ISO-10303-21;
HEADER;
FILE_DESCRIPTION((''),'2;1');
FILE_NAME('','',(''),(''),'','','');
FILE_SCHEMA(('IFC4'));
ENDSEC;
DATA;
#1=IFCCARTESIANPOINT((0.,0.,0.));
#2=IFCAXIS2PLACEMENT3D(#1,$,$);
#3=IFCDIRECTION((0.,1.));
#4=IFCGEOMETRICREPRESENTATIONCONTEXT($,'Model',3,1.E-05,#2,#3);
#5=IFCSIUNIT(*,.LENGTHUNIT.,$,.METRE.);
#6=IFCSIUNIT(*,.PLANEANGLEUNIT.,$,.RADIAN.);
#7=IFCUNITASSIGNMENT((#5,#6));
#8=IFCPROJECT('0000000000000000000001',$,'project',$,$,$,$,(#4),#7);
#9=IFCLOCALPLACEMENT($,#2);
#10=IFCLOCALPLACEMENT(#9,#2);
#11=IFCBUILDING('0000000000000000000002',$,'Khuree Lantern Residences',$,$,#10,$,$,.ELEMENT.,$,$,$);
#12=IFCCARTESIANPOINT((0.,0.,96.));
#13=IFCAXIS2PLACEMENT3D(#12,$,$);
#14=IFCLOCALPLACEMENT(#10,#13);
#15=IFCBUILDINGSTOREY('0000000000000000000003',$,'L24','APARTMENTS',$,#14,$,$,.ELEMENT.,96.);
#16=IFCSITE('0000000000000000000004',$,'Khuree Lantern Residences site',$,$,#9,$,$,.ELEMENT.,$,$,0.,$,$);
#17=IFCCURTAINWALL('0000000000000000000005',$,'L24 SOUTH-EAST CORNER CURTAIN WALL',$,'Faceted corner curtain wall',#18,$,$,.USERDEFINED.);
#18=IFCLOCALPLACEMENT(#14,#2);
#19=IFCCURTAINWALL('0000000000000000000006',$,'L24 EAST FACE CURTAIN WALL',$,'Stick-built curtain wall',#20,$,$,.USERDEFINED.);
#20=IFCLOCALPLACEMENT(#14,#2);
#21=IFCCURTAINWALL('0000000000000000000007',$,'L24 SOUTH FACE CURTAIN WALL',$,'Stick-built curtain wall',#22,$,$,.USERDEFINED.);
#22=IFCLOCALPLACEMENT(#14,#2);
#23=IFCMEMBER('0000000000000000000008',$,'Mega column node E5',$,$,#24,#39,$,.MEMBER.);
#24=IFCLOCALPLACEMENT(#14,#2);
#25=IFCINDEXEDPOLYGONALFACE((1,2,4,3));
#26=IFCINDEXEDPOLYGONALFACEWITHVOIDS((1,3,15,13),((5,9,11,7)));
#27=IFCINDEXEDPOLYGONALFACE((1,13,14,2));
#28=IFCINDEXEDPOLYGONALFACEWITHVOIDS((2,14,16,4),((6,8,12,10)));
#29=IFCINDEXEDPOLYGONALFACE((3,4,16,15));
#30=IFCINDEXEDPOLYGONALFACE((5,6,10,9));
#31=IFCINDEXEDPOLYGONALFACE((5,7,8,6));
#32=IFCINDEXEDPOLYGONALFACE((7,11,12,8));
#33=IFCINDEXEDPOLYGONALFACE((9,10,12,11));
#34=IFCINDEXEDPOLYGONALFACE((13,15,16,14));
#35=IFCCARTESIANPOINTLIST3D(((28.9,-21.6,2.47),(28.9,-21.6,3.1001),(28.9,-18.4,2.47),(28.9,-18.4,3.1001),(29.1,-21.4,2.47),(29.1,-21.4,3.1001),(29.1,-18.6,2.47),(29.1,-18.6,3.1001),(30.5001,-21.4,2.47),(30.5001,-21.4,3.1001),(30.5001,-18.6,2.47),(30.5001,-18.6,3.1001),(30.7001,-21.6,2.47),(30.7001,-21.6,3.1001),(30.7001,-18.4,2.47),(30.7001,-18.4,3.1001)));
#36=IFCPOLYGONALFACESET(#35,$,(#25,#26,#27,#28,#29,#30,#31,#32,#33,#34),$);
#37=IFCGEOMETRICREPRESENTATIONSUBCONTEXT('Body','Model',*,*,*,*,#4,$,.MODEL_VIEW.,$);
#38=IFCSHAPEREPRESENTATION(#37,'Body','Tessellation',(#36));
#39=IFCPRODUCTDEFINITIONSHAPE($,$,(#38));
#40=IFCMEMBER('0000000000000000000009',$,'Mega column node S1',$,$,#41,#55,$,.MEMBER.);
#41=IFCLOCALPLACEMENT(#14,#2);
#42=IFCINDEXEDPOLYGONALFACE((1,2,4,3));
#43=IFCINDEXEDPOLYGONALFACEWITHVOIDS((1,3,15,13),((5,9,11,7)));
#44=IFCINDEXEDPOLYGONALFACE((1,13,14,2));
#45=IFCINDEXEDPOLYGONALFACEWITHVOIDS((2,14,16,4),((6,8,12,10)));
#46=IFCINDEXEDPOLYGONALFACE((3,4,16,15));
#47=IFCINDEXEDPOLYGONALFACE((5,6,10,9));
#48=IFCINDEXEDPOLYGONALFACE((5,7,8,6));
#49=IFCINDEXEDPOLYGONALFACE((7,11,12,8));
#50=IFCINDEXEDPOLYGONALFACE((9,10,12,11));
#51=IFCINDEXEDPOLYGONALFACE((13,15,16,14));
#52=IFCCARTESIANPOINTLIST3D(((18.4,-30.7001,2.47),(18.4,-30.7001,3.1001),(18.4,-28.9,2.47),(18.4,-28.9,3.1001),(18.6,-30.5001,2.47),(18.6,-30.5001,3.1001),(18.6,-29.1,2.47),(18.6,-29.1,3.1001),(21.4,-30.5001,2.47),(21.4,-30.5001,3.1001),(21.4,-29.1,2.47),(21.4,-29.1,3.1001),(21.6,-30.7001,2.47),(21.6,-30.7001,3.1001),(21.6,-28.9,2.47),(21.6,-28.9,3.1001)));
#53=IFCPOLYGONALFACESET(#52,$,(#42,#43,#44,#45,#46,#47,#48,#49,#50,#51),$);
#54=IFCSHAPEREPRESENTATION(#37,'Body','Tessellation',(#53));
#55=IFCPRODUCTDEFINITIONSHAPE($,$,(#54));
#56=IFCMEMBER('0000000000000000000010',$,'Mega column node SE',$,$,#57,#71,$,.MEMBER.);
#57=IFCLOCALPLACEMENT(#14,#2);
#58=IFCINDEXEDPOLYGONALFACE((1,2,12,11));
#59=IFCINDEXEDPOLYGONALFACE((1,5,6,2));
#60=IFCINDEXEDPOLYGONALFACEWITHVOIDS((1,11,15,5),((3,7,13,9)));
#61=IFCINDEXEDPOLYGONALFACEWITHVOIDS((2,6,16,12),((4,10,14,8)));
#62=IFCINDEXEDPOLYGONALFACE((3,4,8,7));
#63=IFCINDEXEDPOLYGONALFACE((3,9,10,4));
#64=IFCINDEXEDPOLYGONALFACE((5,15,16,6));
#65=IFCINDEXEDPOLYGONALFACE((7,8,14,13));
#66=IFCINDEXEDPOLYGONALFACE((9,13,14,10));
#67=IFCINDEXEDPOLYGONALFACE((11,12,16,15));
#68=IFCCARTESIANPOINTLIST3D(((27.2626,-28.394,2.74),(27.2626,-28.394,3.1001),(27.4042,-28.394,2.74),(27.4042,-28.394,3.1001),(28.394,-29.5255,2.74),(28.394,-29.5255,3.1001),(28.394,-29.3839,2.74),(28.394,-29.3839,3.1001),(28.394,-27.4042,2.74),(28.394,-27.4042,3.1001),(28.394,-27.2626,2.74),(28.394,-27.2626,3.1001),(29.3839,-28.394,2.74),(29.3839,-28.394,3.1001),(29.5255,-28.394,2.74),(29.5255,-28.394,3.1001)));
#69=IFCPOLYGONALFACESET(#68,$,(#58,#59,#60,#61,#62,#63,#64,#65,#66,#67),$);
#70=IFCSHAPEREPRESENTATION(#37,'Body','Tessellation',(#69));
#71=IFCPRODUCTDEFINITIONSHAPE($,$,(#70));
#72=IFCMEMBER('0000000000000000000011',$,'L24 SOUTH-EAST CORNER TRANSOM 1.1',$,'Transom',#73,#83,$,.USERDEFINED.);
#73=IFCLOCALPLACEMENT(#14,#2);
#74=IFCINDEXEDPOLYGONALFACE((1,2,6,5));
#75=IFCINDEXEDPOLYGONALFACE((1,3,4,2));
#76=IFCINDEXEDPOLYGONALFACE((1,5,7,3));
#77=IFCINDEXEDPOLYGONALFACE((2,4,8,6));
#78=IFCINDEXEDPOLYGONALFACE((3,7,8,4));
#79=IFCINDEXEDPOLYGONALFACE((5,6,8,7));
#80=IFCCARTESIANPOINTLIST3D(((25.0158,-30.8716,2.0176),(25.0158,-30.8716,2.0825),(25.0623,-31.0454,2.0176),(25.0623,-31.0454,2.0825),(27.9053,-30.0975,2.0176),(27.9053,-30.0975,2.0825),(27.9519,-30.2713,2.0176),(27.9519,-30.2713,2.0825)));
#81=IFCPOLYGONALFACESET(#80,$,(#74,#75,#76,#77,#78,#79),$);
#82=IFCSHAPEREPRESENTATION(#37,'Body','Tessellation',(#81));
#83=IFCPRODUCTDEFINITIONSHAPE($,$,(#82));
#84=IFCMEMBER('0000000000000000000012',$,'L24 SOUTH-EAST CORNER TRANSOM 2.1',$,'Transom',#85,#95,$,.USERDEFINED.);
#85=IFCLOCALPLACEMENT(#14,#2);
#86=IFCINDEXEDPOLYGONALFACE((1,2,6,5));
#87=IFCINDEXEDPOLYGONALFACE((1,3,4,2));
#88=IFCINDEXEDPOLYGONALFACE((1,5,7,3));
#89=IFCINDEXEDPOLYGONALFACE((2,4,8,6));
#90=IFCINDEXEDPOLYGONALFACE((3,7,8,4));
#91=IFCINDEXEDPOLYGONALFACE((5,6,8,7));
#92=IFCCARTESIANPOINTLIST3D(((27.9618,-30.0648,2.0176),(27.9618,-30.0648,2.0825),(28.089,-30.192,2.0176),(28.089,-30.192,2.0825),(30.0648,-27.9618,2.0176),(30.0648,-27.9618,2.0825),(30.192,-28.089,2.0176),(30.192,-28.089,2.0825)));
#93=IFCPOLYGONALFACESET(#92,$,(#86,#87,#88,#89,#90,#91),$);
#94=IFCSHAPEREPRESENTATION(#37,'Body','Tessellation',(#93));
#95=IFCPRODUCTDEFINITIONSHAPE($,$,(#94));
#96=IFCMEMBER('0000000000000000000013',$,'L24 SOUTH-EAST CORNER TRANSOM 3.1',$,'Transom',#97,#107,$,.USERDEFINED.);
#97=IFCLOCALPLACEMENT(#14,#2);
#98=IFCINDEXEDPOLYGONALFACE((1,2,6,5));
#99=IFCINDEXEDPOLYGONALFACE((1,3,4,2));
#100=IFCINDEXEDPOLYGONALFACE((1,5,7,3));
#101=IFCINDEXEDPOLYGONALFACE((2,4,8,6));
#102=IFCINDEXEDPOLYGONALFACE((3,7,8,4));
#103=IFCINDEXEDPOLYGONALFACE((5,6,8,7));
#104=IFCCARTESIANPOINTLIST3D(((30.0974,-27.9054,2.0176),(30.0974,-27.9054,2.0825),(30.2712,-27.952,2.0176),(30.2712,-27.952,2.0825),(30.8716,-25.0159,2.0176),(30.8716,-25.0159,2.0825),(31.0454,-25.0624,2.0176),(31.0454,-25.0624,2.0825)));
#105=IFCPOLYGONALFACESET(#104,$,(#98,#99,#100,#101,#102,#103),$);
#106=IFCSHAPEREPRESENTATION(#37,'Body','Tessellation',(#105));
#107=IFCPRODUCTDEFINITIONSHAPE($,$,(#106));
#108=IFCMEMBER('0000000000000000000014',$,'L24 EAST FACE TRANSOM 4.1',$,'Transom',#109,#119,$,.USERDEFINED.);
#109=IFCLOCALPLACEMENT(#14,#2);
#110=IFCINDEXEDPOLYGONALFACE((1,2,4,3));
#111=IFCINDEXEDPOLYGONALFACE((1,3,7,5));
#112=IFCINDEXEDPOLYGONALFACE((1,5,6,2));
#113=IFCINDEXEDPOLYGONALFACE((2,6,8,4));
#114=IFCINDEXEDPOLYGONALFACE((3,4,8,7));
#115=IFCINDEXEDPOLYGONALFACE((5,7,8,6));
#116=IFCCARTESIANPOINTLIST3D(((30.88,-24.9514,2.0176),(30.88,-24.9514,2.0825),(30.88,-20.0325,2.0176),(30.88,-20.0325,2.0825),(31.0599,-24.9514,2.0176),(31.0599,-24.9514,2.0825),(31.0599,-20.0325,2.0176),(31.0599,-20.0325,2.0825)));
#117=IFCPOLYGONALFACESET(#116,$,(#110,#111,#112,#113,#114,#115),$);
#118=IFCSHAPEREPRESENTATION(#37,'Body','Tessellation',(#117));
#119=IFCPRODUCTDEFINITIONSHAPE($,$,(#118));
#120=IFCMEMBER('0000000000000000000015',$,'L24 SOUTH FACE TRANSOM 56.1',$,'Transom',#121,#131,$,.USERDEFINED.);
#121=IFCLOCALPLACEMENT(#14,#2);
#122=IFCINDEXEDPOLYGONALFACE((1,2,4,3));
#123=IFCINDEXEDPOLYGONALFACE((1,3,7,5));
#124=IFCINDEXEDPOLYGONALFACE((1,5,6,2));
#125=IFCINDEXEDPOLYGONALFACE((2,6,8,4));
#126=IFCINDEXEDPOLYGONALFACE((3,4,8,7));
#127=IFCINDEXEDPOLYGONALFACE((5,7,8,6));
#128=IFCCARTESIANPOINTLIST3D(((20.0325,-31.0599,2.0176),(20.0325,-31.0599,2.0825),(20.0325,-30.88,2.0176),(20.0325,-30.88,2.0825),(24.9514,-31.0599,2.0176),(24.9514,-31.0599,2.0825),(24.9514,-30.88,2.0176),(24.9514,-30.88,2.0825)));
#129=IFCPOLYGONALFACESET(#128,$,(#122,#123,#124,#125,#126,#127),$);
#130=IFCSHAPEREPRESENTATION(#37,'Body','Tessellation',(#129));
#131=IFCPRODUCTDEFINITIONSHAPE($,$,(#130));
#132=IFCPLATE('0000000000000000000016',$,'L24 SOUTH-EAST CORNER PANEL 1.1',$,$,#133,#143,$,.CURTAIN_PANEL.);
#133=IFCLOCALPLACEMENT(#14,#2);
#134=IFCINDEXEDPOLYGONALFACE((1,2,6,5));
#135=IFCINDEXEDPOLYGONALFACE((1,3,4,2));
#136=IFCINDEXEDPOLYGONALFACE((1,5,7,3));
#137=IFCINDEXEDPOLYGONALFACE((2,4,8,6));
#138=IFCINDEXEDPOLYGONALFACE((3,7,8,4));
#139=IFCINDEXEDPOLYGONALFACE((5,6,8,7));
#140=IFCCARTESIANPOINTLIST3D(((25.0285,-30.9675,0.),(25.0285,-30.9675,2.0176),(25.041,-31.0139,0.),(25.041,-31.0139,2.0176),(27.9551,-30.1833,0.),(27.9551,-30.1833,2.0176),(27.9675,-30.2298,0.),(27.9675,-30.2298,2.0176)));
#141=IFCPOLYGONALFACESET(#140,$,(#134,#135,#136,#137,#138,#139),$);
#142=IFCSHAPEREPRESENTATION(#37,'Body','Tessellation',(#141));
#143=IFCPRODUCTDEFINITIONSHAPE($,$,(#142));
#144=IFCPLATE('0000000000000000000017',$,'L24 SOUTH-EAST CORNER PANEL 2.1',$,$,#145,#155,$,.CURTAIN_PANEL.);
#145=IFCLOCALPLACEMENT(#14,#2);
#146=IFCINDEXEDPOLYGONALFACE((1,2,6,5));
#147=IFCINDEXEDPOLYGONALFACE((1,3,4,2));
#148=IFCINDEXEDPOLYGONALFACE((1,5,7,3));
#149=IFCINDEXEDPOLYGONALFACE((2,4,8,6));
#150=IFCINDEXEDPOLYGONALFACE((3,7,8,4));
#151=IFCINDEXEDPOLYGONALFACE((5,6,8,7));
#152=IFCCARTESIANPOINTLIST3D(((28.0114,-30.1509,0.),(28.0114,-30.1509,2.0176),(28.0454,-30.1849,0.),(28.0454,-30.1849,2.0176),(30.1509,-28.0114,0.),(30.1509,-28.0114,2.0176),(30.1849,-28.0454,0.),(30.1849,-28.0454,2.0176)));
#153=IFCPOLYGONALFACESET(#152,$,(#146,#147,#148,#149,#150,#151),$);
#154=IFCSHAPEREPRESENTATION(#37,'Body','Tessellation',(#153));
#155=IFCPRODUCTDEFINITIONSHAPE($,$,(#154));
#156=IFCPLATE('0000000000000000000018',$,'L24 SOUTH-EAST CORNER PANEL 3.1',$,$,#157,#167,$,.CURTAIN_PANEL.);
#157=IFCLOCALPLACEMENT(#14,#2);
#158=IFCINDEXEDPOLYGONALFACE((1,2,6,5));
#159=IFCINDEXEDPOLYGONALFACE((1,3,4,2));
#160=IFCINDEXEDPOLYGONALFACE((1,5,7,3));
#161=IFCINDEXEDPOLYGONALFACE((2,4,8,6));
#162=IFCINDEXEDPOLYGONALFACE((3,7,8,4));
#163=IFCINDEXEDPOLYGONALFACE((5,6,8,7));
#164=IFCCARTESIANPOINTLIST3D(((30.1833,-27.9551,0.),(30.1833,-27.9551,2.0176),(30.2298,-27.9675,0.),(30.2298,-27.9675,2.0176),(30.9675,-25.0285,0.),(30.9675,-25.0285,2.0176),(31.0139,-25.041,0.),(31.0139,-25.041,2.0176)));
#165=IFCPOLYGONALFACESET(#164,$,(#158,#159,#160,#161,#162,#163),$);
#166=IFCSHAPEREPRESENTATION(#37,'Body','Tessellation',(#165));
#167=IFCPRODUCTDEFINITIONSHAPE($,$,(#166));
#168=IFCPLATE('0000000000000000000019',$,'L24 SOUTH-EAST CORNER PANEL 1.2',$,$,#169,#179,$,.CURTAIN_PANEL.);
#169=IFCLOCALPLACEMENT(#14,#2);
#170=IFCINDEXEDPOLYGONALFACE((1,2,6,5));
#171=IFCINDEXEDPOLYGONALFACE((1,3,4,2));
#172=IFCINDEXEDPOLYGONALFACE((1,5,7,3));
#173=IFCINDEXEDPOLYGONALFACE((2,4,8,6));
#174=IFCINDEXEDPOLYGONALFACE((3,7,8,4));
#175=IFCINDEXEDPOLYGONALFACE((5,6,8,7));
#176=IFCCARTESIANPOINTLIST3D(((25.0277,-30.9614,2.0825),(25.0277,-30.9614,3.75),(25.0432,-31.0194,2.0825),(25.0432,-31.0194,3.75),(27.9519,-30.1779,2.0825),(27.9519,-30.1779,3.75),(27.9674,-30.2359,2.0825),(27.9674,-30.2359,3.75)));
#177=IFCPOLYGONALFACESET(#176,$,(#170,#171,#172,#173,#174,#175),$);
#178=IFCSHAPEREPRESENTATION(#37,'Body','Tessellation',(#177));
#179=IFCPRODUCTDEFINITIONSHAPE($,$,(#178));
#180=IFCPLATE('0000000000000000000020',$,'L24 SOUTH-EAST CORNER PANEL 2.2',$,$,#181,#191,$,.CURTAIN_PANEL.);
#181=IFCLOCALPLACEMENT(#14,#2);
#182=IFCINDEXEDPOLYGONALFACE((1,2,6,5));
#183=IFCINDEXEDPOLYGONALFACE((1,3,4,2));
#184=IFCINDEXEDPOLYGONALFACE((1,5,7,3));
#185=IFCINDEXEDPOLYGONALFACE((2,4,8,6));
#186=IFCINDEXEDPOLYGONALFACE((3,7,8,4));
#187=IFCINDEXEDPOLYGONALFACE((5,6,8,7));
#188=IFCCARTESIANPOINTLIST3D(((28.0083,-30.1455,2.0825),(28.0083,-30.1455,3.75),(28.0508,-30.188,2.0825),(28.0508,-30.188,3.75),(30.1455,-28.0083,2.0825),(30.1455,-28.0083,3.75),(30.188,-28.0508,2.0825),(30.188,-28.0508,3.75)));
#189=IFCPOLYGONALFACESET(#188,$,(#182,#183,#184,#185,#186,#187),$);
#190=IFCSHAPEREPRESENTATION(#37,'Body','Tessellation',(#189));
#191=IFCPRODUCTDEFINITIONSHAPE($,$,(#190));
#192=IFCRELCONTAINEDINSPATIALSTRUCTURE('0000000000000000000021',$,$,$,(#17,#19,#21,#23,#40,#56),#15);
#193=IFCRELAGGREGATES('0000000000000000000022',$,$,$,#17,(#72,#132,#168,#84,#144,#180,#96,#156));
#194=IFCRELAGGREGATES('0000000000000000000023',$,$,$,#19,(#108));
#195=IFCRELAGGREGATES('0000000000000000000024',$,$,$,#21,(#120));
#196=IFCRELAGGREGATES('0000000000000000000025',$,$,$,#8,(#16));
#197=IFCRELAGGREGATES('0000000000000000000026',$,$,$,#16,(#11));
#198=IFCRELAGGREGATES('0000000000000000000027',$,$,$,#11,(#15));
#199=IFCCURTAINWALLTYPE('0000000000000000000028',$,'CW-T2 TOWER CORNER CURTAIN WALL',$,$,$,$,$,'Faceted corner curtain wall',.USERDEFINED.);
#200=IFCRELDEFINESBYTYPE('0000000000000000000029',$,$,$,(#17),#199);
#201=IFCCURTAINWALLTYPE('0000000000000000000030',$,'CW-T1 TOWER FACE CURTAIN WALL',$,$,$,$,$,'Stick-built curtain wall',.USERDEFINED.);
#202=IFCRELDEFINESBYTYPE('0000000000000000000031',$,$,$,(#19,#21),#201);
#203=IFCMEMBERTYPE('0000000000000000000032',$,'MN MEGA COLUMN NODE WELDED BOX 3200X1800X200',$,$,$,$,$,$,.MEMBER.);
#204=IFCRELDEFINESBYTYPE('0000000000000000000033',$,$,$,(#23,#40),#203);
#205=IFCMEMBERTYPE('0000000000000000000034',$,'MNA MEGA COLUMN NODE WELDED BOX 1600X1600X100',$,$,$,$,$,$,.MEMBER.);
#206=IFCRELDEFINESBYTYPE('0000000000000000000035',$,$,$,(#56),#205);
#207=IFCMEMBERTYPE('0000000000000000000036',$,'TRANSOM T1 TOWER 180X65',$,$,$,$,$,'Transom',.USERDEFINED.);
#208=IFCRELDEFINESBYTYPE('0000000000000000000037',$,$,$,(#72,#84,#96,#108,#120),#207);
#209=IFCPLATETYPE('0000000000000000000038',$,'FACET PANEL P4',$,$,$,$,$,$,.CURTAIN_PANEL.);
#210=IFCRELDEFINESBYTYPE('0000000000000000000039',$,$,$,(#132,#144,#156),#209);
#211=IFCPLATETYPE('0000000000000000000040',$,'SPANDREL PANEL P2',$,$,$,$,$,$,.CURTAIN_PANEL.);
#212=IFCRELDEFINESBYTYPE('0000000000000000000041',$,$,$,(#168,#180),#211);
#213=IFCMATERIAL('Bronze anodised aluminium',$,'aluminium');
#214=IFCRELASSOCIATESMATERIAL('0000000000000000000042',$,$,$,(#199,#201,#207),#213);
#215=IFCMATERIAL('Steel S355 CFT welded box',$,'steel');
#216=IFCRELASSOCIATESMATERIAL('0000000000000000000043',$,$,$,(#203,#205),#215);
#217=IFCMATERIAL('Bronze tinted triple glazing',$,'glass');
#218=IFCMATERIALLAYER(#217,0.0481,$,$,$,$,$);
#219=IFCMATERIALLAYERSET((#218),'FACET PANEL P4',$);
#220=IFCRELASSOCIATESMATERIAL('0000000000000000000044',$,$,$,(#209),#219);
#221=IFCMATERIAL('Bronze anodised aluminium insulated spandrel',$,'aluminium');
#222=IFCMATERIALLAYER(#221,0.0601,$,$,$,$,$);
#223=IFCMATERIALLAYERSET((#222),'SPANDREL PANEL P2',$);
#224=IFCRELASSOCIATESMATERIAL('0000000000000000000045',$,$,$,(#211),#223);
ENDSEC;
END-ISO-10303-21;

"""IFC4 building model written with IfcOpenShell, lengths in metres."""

from ifc_helpers import new_model, si_unit, direction, frame, origin, origin_2d, place, context, subcontext, project, spatial, rectangle, hollow_rectangle, extrude, material, layer, layer_set, material_profile, profile_set, type_object, element, aggregate, save


model = new_model("IFC4")

# Units and contexts
model_context = context("Model", 3, precision=1e-05, world=origin(), true_north=direction((0.0, 1.0)))
body_context = subcontext(model_context, "Body", "Model", "MODEL_VIEW")
ifc_project = project(units=[si_unit("LENGTHUNIT", "METRE"), si_unit("PLANEANGLEUNIT", "RADIAN")], contexts=[model_context])

# Site, building, storey
site_placement = place(None, origin())
site = spatial("IfcSite", under=ifc_project, at=site_placement, Name="Khuree Lantern Residences site", CompositionType="ELEMENT", RefElevation=0.0)
building_placement = place(site_placement, origin())
building = spatial("IfcBuilding", under=site, at=building_placement, Name="Khuree Lantern Residences", CompositionType="ELEMENT")
storey_placement = place(building_placement, frame((0.0, 0.0, 96.0)))
storey = spatial("IfcBuildingStorey", under=building, at=storey_placement, Name="L24", Description="APARTMENTS", CompositionType="ELEMENT", Elevation=96.0)

# Shared definitions
ifc_material_1 = material(Name="Steel S355 CFT welded box", Category="steel")

# Curtain walls
ifc_material_2 = material(Name="Bronze anodised aluminium", Category="aluminium")
curtain_wall_type_1 = type_object("IfcCurtainWallType", Name="CW-T2 TOWER CORNER CURTAIN WALL", ElementType="Faceted corner curtain wall", PredefinedType="USERDEFINED", material=ifc_material_2)
curtain_wall_1_placement = place(storey_placement, origin())
curtain_wall_1 = element("IfcCurtainWall", 1, at=curtain_wall_1_placement, inside=storey, type_object=curtain_wall_type_1, Name="L24 SOUTH-EAST CORNER CURTAIN WALL", ObjectType="Faceted corner curtain wall", PredefinedType="USERDEFINED")
curtain_wall_type_2 = type_object("IfcCurtainWallType", Name="CW-T1 TOWER FACE CURTAIN WALL", ElementType="Stick-built curtain wall", PredefinedType="USERDEFINED", material=ifc_material_2)
curtain_wall_2_placement = place(storey_placement, origin())
curtain_wall_2 = element("IfcCurtainWall", 2, at=curtain_wall_2_placement, inside=storey, type_object=curtain_wall_type_2, Name="L24 EAST FACE CURTAIN WALL", ObjectType="Stick-built curtain wall", PredefinedType="USERDEFINED")

# Curtain wall
curtain_wall_3_placement = place(storey_placement, origin())
curtain_wall_3 = element("IfcCurtainWall", 3, at=curtain_wall_3_placement, inside=storey, type_object=curtain_wall_type_2, Name="L24 SOUTH FACE CURTAIN WALL", ObjectType="Stick-built curtain wall", PredefinedType="USERDEFINED")

# Members
ifc_material_profile_1 = material_profile(ifc_material_1, hollow_rectangle(XDim=3.2, YDim=1.8, WallThickness=0.2, at=origin_2d()), Name="WELDED BOX 3200X1800X200")
ifc_profile_set_1 = profile_set([ifc_material_profile_1], Name="Steel S355 CFT welded box")
member_type_1 = type_object("IfcMemberType", Name="MN MEGA COLUMN NODE WELDED BOX 3200X1800X200", PredefinedType="MEMBER", material=ifc_profile_set_1)
for number, where, z_axis, x_axis, name in (
    (4, (29.8, -20.0, 2.47), (0.0, 0.0, 1.0), (0.0, 1.0, 0.0), "Mega column node E5"),
    (5, (20.0, -29.8, 2.47), (0.0, 0.0, 1.0), (1.0, 0.0, 0.0), "Mega column node S1"),
):
    element("IfcMember", number, at=place(storey_placement, frame(where, z_axis=z_axis, x_axis=x_axis)), inside=storey, type_object=member_type_1, Name=name, PredefinedType="MEMBER", context=body_context, shape_type="SweptSolid", body=[
        extrude(hollow_rectangle(XDim=3.2, YDim=1.8, WallThickness=0.2, at=origin_2d()), origin(), (0.0, 0.0, 1.0), 0.6301),
    ])
ifc_material_profile_2 = material_profile(ifc_material_1, hollow_rectangle(XDim=1.6001, YDim=1.6001, WallThickness=0.1001, at=origin_2d()), Name="WELDED BOX 1600X1600X100")
ifc_profile_set_2 = profile_set([ifc_material_profile_2], Name="Steel S355 CFT welded box")
member_type_2 = type_object("IfcMemberType", Name="MNA MEGA COLUMN NODE WELDED BOX 1600X1600X100", PredefinedType="MEMBER", material=ifc_profile_set_2)
member_1_placement = place(storey_placement, frame((28.394, -28.394, 2.74), z_axis=(0.0, 0.0, 1.0), x_axis=(0.707107, 0.707107, 0.0)))
element("IfcMember", 6, at=member_1_placement, inside=storey, type_object=member_type_2, Name="Mega column node SE", PredefinedType="MEMBER", context=body_context, shape_type="SweptSolid", body=[
    extrude(hollow_rectangle(XDim=1.6001, YDim=1.6001, WallThickness=0.1001, at=origin_2d()), origin(), (0.0, 0.0, 1.0), 0.3601),
])

# Members
ifc_material_profile_3 = material_profile(ifc_material_2, rectangle(XDim=0.1799, YDim=0.0649, at=origin_2d()), Name="T1 180X65")
ifc_profile_set_3 = profile_set([ifc_material_profile_3], Name="Bronze anodised aluminium")
member_type_3 = type_object("IfcMemberType", Name="TRANSOM T1 TOWER 180X65", ElementType="Transom", PredefinedType="USERDEFINED", material=ifc_profile_set_3)
member_2_placement = place(storey_placement, frame((25.0391, -30.9585, 2.05), z_axis=(0.965935, 0.258785, 0.0), x_axis=(-0.258785, 0.965935, 0.0)))
member_2 = element("IfcMember", 7, at=member_2_placement, type_object=member_type_3, Name="L24 SOUTH-EAST CORNER TRANSOM 1.1", ObjectType="Transom", PredefinedType="USERDEFINED", context=body_context, shape_type="SweptSolid", body=[
    extrude(rectangle(XDim=0.1799, YDim=0.0649, at=origin_2d()), origin(), (0.0, 0.0, 1.0), 2.9915),
])
member_3_placement = place(storey_placement, frame((28.0254, -30.1284, 2.05), z_axis=(0.707107, 0.707107, 0.0), x_axis=(-0.707107, 0.707107, 0.0)))
member_3 = element("IfcMember", 8, at=member_3_placement, type_object=member_type_3, Name="L24 SOUTH-EAST CORNER TRANSOM 2.1", ObjectType="Transom", PredefinedType="USERDEFINED", context=body_context, shape_type="SweptSolid", body=[
    extrude(rectangle(XDim=0.1799, YDim=0.0649, at=origin_2d()), origin(), (0.0, 0.0, 1.0), 2.9741),
])
member_4_placement = place(storey_placement, frame((30.1843, -27.9287, 2.05), z_axis=(0.258785, 0.965935, 0.0), x_axis=(-0.965935, 0.258785, 0.0)))
member_4 = element("IfcMember", 9, at=member_4_placement, type_object=member_type_3, Name="L24 SOUTH-EAST CORNER TRANSOM 3.1", ObjectType="Transom", PredefinedType="USERDEFINED", context=body_context, shape_type="SweptSolid", body=[
    extrude(rectangle(XDim=0.1799, YDim=0.0649, at=origin_2d()), origin(), (0.0, 0.0, 1.0), 2.9915),
])
member_5_placement = place(storey_placement, frame((30.97, -24.9514, 2.05), z_axis=(0.0, 1.0, 0.0), x_axis=(-1.0, 0.0, 0.0)))
member_5 = element("IfcMember", 10, at=member_5_placement, type_object=member_type_3, Name="L24 EAST FACE TRANSOM 4.1", ObjectType="Transom", PredefinedType="USERDEFINED", context=body_context, shape_type="SweptSolid", body=[
    extrude(rectangle(XDim=0.1799, YDim=0.0649, at=origin_2d()), origin(), (0.0, 0.0, 1.0), 4.9189),
])
member_6_placement = place(storey_placement, frame((20.0325, -30.97, 2.05), z_axis=(1.0, 0.0, 0.0), x_axis=(0.0, 1.0, 0.0)))
member_6 = element("IfcMember", 11, at=member_6_placement, type_object=member_type_3, Name="L24 SOUTH FACE TRANSOM 56.1", ObjectType="Transom", PredefinedType="USERDEFINED", context=body_context, shape_type="SweptSolid", body=[
    extrude(rectangle(XDim=0.1799, YDim=0.0649, at=origin_2d()), origin(), (0.0, 0.0, 1.0), 4.9189),
])

# Plates
ifc_material_3 = material(Name="Bronze tinted triple glazing", Category="glass")
ifc_layer_1 = layer(ifc_material_3, 0.0481)
ifc_layer_set_1 = layer_set([ifc_layer_1], Name="FACET PANEL P4")
plate_type_1 = type_object("IfcPlateType", Name="FACET PANEL P4", PredefinedType="CURTAIN_PANEL", material=ifc_layer_set_1)
plate_1_placement = place(storey_placement, frame((26.498, -30.5986, 0.0), z_axis=(0.0, 0.0, 1.0), x_axis=(0.965926, 0.258819, 0.0)))
plate_1 = element("IfcPlate", 12, at=plate_1_placement, type_object=plate_type_1, Name="L24 SOUTH-EAST CORNER PANEL 1.1", PredefinedType="CURTAIN_PANEL", context=body_context, shape_type="SweptSolid", body=[
    extrude(rectangle(XDim=3.0298, YDim=0.0481, at=origin_2d()), origin(), (0.0, 0.0, 1.0), 2.0176),
])
plate_2_placement = place(storey_placement, frame((29.0981, -29.0981, 0.0), z_axis=(0.0, 0.0, 1.0), x_axis=(0.707107, 0.707107, 0.0)))
plate_2 = element("IfcPlate", 13, at=plate_2_placement, type_object=plate_type_1, Name="L24 SOUTH-EAST CORNER PANEL 2.1", PredefinedType="CURTAIN_PANEL", context=body_context, shape_type="SweptSolid", body=[
    extrude(rectangle(XDim=3.0256, YDim=0.0481, at=origin_2d()), origin(), (0.0, 0.0, 1.0), 2.0176),
])
plate_3_placement = place(storey_placement, frame((30.5986, -26.498, 0.0), z_axis=(0.0, 0.0, 1.0), x_axis=(0.258819, 0.965926, 0.0)))
plate_3 = element("IfcPlate", 14, at=plate_3_placement, type_object=plate_type_1, Name="L24 SOUTH-EAST CORNER PANEL 3.1", PredefinedType="CURTAIN_PANEL", context=body_context, shape_type="SweptSolid", body=[
    extrude(rectangle(XDim=3.0298, YDim=0.0481, at=origin_2d()), origin(), (0.0, 0.0, 1.0), 2.0176),
])
ifc_material_4 = material(Name="Bronze anodised aluminium insulated spandrel", Category="aluminium")
ifc_layer_2 = layer(ifc_material_4, 0.0601)
ifc_layer_set_2 = layer_set([ifc_layer_2], Name="SPANDREL PANEL P2")
plate_type_2 = type_object("IfcPlateType", Name="SPANDREL PANEL P2", PredefinedType="CURTAIN_PANEL", material=ifc_layer_set_2)
plate_4_placement = place(storey_placement, frame((26.4976, -30.5986, 2.0825), z_axis=(0.0, 0.0, 1.0), x_axis=(0.965926, 0.258819, 0.0)))
plate_4 = element("IfcPlate", 15, at=plate_4_placement, type_object=plate_type_2, Name="L24 SOUTH-EAST CORNER PANEL 1.2", PredefinedType="CURTAIN_PANEL", context=body_context, shape_type="SweptSolid", body=[
    extrude(rectangle(XDim=3.0273, YDim=0.0601, at=origin_2d()), origin(), (0.0, 0.0, 1.0), 1.6675),
])
plate_5_placement = place(storey_placement, frame((29.0981, -29.0981, 2.0825), z_axis=(0.0, 0.0, 1.0), x_axis=(0.707107, 0.707107, 0.0)))
plate_5 = element("IfcPlate", 16, at=plate_5_placement, type_object=plate_type_2, Name="L24 SOUTH-EAST CORNER PANEL 2.2", PredefinedType="CURTAIN_PANEL", context=body_context, shape_type="SweptSolid", body=[
    extrude(rectangle(XDim=3.0225, YDim=0.0601, at=origin_2d()), origin(), (0.0, 0.0, 1.0), 1.6675),
])
aggregate(curtain_wall_1, [member_2, plate_1, plate_4, member_3, plate_2, plate_5, member_4, plate_3])
aggregate(curtain_wall_2, [member_5])
aggregate(curtain_wall_3, [member_6])

save(model, "model.ifc")
